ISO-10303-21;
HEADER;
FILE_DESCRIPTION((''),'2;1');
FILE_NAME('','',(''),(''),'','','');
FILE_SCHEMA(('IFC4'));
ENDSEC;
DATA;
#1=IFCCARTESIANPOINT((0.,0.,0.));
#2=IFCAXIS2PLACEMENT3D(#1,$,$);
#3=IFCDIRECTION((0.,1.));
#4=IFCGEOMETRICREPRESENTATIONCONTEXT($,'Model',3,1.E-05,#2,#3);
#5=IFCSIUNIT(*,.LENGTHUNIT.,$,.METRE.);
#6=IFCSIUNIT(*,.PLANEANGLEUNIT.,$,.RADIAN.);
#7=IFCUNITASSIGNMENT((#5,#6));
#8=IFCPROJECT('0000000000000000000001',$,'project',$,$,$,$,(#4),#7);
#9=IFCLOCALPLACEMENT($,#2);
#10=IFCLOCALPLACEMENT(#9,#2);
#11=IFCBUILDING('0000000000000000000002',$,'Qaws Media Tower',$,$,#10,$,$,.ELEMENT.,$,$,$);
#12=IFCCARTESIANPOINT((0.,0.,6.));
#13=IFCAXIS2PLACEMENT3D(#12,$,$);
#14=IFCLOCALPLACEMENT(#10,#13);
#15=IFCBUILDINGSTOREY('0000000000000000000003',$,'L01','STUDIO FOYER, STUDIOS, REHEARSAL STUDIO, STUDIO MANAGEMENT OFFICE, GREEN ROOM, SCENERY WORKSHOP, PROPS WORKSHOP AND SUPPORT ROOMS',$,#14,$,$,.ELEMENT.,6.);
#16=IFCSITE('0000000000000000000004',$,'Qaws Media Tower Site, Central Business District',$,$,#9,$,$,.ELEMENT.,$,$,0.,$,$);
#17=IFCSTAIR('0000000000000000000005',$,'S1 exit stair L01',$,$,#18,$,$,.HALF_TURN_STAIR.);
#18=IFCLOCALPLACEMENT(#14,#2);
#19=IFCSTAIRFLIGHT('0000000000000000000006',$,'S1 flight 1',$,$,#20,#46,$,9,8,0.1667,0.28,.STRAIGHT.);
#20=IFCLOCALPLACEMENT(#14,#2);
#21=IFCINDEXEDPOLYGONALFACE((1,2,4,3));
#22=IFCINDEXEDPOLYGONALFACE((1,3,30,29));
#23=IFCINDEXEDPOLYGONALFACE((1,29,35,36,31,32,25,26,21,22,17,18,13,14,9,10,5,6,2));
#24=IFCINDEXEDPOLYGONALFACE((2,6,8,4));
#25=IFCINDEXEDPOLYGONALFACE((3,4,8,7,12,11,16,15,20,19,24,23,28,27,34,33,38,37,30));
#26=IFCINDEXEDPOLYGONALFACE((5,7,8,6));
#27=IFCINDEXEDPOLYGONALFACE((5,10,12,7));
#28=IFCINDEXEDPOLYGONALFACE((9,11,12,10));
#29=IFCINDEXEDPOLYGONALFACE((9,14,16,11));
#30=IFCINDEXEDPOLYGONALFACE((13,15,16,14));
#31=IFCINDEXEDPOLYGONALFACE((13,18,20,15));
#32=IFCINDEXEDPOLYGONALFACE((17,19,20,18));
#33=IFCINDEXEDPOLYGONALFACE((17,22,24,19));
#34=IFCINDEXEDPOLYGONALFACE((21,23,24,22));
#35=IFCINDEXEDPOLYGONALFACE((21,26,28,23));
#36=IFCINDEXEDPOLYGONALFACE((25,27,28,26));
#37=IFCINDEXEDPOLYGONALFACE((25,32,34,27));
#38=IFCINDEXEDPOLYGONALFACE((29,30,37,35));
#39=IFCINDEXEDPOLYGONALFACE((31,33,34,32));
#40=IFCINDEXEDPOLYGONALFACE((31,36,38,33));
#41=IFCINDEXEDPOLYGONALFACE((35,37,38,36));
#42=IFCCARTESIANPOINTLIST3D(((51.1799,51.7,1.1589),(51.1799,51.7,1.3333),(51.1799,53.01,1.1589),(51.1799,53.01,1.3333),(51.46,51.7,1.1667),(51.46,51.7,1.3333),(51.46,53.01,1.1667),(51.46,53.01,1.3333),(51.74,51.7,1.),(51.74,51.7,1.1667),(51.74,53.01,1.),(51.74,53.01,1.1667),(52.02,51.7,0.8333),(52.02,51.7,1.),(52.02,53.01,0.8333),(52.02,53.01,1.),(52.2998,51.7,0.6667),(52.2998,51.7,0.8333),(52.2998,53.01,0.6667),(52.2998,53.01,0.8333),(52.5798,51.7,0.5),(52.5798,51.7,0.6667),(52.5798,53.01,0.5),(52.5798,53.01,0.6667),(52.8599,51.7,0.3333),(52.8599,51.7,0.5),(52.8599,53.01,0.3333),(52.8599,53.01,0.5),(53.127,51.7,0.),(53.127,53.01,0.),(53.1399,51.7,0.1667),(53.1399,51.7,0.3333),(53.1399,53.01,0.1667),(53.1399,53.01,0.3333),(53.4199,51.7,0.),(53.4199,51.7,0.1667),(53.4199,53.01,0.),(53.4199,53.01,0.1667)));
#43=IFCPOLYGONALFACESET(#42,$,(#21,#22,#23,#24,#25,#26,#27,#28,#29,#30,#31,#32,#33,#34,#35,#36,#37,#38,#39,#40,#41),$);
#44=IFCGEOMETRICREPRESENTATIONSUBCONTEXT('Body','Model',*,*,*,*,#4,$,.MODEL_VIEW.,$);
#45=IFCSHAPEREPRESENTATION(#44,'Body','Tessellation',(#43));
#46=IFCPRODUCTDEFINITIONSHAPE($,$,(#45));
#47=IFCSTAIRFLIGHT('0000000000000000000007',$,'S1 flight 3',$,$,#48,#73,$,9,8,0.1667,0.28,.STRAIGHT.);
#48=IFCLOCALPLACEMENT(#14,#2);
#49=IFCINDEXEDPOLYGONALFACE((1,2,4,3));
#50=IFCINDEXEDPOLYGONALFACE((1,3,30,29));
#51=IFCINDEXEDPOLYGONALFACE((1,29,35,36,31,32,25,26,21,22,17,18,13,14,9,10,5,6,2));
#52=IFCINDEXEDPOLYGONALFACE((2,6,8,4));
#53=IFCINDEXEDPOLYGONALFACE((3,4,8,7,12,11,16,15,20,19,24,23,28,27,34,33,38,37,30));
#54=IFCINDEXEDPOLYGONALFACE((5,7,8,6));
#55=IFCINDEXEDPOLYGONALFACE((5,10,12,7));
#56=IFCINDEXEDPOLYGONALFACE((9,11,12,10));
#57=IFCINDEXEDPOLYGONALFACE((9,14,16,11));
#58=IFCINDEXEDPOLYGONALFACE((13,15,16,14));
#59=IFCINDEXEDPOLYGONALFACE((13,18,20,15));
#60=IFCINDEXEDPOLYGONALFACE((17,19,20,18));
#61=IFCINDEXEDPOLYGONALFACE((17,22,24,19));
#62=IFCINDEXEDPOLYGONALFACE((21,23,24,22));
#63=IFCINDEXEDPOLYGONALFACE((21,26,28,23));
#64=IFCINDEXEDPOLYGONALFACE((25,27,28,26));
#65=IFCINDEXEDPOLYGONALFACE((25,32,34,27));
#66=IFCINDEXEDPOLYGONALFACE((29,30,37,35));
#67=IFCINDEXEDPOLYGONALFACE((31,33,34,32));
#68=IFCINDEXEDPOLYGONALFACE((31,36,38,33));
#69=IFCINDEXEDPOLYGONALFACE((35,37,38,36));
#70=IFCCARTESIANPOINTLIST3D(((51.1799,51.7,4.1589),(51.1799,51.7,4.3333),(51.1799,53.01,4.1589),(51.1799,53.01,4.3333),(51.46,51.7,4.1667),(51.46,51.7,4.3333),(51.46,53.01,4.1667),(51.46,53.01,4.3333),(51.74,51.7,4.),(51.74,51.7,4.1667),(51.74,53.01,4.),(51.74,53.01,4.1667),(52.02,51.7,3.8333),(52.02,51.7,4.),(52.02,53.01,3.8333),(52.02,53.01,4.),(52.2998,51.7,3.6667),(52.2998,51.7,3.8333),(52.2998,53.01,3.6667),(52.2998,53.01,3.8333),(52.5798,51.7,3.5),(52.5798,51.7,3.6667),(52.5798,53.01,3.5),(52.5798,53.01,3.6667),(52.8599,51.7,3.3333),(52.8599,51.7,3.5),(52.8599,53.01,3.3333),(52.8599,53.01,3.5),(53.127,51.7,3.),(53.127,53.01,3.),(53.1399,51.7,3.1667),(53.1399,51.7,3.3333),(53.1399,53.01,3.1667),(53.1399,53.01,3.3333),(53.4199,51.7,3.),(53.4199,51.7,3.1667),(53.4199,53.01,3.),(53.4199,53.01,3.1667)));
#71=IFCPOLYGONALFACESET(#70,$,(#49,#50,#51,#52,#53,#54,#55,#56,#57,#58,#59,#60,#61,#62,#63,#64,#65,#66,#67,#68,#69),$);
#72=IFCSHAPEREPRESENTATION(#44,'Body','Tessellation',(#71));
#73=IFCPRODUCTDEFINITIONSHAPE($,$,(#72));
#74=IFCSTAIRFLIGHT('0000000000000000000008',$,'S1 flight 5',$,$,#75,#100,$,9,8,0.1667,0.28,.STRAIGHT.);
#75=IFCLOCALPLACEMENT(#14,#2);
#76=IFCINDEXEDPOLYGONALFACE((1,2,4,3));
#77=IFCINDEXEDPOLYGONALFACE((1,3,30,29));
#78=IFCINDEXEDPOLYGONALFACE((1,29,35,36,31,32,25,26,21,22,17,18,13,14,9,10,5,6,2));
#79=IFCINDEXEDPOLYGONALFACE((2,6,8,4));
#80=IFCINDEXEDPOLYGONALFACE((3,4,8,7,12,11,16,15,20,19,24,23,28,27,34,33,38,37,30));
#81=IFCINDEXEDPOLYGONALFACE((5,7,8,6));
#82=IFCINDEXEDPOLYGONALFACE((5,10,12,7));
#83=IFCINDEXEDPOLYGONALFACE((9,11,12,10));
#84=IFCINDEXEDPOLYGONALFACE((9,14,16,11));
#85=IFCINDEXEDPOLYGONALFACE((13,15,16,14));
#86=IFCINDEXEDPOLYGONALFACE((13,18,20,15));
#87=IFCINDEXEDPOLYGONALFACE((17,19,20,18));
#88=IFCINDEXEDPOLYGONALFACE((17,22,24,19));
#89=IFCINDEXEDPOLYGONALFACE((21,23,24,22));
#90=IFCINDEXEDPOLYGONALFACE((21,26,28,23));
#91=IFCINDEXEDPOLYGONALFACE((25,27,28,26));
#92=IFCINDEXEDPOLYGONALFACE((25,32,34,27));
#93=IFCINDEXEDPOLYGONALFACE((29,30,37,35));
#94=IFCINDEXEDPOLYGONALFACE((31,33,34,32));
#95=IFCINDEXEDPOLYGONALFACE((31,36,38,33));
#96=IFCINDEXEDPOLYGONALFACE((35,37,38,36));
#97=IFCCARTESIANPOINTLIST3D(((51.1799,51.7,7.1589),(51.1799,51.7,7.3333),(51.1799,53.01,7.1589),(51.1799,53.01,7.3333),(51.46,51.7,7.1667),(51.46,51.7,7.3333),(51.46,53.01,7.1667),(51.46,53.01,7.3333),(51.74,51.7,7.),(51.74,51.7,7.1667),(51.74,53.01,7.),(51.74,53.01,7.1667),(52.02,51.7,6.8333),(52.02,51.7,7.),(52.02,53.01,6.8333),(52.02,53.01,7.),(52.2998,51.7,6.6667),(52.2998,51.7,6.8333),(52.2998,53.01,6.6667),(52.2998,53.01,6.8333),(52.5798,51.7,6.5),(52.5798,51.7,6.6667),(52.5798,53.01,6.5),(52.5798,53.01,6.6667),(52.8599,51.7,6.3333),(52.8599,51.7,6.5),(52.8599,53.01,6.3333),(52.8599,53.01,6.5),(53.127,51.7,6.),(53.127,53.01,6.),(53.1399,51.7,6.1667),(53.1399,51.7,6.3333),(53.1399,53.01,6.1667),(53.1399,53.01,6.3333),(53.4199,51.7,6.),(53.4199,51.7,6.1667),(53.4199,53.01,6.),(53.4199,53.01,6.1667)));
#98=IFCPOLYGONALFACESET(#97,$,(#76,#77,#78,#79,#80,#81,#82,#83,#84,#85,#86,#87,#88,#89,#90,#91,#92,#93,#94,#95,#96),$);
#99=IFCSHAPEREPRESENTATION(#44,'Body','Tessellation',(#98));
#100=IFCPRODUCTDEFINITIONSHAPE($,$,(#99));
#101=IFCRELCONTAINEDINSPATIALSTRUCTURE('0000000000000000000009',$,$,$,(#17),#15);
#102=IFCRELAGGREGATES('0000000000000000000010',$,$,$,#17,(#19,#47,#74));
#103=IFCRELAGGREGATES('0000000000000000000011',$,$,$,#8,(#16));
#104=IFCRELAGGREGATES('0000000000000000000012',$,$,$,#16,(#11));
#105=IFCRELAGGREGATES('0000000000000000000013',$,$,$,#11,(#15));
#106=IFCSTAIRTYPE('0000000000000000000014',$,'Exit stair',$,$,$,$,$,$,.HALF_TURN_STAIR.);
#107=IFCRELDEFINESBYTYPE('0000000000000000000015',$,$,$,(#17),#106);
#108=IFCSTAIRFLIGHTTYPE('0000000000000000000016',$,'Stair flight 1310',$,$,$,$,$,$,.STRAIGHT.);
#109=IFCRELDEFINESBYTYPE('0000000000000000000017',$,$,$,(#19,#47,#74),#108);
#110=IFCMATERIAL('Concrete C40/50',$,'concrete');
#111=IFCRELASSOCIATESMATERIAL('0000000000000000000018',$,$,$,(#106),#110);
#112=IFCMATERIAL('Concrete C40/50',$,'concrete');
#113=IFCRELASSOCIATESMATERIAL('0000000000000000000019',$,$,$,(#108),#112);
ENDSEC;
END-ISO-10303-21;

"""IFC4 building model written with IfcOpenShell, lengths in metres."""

from ifc_helpers import new_model, si_unit, direction, frame, origin, place, context, subcontext, project, spatial, polyline, outline, extrude, material, type_object, element, aggregate, save


model = new_model("IFC4")

# Units and contexts
model_context = context("Model", 3, precision=1e-05, world=origin(), true_north=direction((0.0, 1.0)))
body_context = subcontext(model_context, "Body", "Model", "MODEL_VIEW")
ifc_project = project(units=[si_unit("LENGTHUNIT", "METRE"), si_unit("PLANEANGLEUNIT", "RADIAN")], contexts=[model_context])

# Site, building, storey
site_placement = place(None, origin())
site = spatial("IfcSite", under=ifc_project, at=site_placement, Name="Qaws Media Tower Site, Central Business District", CompositionType="ELEMENT", RefElevation=0.0)
building_placement = place(site_placement, origin())
building = spatial("IfcBuilding", under=site, at=building_placement, Name="Qaws Media Tower", CompositionType="ELEMENT")
storey_placement = place(building_placement, frame((0.0, 0.0, 6.0)))
storey = spatial("IfcBuildingStorey", under=building, at=storey_placement, Name="L01", Description="STUDIO FOYER, STUDIOS, REHEARSAL STUDIO, STUDIO MANAGEMENT OFFICE, GREEN ROOM, SCENERY WORKSHOP, PROPS WORKSHOP AND SUPPORT ROOMS", CompositionType="ELEMENT", Elevation=6.0)

# Stair, stair flights
ifc_material_1 = material(Name="Concrete C40/50", Category="concrete")
stair_type = type_object("IfcStairType", Name="Exit stair", PredefinedType="HALF_TURN_STAIR", material=ifc_material_1)
stair_placement = place(storey_placement, origin())
stair = element("IfcStair", 1, at=stair_placement, inside=storey, type_object=stair_type, Name="S1 exit stair L01", PredefinedType="HALF_TURN_STAIR")
ifc_material_2 = material(Name="Concrete C40/50", Category="concrete")
stair_flight_type = type_object("IfcStairFlightType", Name="Stair flight 1310", PredefinedType="STRAIGHT", material=ifc_material_2)
stair_flight_1_placement = place(storey_placement, frame((53.4199, 52.355, 0.0), z_axis=(0.0, 0.0, 1.0), x_axis=(-1.0, 0.0, 0.0)))
stair_flight_1 = element("IfcStairFlight", 2, at=stair_flight_1_placement, type_object=stair_flight_type, Name="S1 flight 1", NumberOfRisers=9, NumberOfTreads=8, PredefinedType="STRAIGHT", RiserHeight=0.1667, TreadLength=0.28, context=body_context, shape_type="SweptSolid", body=[
    extrude(outline(polyline([(0.0, 0.0), (0.0, 0.1667), (0.28, 0.1667), (0.28, 0.3333), (0.5601, 0.3333), (0.5601, 0.5), (0.8401, 0.5), (0.8401, 0.6667), (1.1201, 0.6667), (1.1201, 0.8333), (1.3999, 0.8333), (1.3999, 1.0), (1.6799, 1.0), (1.6799, 1.1667), (1.96, 1.1667), (1.96, 1.3333), (2.24, 1.3333), (2.24, 1.5), (2.24, 1.1589), (0.293, 0.0), (0.0, 0.0)])), frame((0.0, 0.655, 0.0), z_axis=(0.0, -1.0, 0.0), x_axis=(1.0, 0.0, 0.0)), (0.0, 0.0, 1.0), 1.3101),
])
stair_flight_2_placement = place(storey_placement, frame((53.4199, 52.355, 3.0), z_axis=(0.0, 0.0, 1.0), x_axis=(-1.0, 0.0, 0.0)))
stair_flight_2 = element("IfcStairFlight", 3, at=stair_flight_2_placement, type_object=stair_flight_type, Name="S1 flight 3", NumberOfRisers=9, NumberOfTreads=8, PredefinedType="STRAIGHT", RiserHeight=0.1667, TreadLength=0.28, context=body_context, shape_type="SweptSolid", body=[
    extrude(outline(polyline([(0.0, 0.0), (0.0, 0.1667), (0.28, 0.1667), (0.28, 0.3333), (0.5601, 0.3333), (0.5601, 0.5), (0.8401, 0.5), (0.8401, 0.6667), (1.1201, 0.6667), (1.1201, 0.8333), (1.3999, 0.8333), (1.3999, 1.0), (1.6799, 1.0), (1.6799, 1.1667), (1.96, 1.1667), (1.96, 1.3333), (2.24, 1.3333), (2.24, 1.5), (2.24, 1.1589), (0.293, 0.0), (0.0, 0.0)])), frame((0.0, 0.655, 0.0), z_axis=(0.0, -1.0, 0.0), x_axis=(1.0, 0.0, 0.0)), (0.0, 0.0, 1.0), 1.3101),
])
stair_flight_3_placement = place(storey_placement, frame((53.4199, 52.355, 6.0), z_axis=(0.0, 0.0, 1.0), x_axis=(-1.0, 0.0, 0.0)))
stair_flight_3 = element("IfcStairFlight", 4, at=stair_flight_3_placement, type_object=stair_flight_type, Name="S1 flight 5", NumberOfRisers=9, NumberOfTreads=8, PredefinedType="STRAIGHT", RiserHeight=0.1667, TreadLength=0.28, context=body_context, shape_type="SweptSolid", body=[
    extrude(outline(polyline([(0.0, 0.0), (0.0, 0.1667), (0.28, 0.1667), (0.28, 0.3333), (0.5601, 0.3333), (0.5601, 0.5), (0.8401, 0.5), (0.8401, 0.6667), (1.1201, 0.6667), (1.1201, 0.8333), (1.3999, 0.8333), (1.3999, 1.0), (1.6799, 1.0), (1.6799, 1.1667), (1.96, 1.1667), (1.96, 1.3333), (2.24, 1.3333), (2.24, 1.5), (2.24, 1.1589), (0.293, 0.0), (0.0, 0.0)])), frame((0.0, 0.655, 0.0), z_axis=(0.0, -1.0, 0.0), x_axis=(1.0, 0.0, 0.0)), (0.0, 0.0, 1.0), 1.3101),
])
aggregate(stair, [stair_flight_1, stair_flight_2, stair_flight_3])

save(model, "model.ifc")
